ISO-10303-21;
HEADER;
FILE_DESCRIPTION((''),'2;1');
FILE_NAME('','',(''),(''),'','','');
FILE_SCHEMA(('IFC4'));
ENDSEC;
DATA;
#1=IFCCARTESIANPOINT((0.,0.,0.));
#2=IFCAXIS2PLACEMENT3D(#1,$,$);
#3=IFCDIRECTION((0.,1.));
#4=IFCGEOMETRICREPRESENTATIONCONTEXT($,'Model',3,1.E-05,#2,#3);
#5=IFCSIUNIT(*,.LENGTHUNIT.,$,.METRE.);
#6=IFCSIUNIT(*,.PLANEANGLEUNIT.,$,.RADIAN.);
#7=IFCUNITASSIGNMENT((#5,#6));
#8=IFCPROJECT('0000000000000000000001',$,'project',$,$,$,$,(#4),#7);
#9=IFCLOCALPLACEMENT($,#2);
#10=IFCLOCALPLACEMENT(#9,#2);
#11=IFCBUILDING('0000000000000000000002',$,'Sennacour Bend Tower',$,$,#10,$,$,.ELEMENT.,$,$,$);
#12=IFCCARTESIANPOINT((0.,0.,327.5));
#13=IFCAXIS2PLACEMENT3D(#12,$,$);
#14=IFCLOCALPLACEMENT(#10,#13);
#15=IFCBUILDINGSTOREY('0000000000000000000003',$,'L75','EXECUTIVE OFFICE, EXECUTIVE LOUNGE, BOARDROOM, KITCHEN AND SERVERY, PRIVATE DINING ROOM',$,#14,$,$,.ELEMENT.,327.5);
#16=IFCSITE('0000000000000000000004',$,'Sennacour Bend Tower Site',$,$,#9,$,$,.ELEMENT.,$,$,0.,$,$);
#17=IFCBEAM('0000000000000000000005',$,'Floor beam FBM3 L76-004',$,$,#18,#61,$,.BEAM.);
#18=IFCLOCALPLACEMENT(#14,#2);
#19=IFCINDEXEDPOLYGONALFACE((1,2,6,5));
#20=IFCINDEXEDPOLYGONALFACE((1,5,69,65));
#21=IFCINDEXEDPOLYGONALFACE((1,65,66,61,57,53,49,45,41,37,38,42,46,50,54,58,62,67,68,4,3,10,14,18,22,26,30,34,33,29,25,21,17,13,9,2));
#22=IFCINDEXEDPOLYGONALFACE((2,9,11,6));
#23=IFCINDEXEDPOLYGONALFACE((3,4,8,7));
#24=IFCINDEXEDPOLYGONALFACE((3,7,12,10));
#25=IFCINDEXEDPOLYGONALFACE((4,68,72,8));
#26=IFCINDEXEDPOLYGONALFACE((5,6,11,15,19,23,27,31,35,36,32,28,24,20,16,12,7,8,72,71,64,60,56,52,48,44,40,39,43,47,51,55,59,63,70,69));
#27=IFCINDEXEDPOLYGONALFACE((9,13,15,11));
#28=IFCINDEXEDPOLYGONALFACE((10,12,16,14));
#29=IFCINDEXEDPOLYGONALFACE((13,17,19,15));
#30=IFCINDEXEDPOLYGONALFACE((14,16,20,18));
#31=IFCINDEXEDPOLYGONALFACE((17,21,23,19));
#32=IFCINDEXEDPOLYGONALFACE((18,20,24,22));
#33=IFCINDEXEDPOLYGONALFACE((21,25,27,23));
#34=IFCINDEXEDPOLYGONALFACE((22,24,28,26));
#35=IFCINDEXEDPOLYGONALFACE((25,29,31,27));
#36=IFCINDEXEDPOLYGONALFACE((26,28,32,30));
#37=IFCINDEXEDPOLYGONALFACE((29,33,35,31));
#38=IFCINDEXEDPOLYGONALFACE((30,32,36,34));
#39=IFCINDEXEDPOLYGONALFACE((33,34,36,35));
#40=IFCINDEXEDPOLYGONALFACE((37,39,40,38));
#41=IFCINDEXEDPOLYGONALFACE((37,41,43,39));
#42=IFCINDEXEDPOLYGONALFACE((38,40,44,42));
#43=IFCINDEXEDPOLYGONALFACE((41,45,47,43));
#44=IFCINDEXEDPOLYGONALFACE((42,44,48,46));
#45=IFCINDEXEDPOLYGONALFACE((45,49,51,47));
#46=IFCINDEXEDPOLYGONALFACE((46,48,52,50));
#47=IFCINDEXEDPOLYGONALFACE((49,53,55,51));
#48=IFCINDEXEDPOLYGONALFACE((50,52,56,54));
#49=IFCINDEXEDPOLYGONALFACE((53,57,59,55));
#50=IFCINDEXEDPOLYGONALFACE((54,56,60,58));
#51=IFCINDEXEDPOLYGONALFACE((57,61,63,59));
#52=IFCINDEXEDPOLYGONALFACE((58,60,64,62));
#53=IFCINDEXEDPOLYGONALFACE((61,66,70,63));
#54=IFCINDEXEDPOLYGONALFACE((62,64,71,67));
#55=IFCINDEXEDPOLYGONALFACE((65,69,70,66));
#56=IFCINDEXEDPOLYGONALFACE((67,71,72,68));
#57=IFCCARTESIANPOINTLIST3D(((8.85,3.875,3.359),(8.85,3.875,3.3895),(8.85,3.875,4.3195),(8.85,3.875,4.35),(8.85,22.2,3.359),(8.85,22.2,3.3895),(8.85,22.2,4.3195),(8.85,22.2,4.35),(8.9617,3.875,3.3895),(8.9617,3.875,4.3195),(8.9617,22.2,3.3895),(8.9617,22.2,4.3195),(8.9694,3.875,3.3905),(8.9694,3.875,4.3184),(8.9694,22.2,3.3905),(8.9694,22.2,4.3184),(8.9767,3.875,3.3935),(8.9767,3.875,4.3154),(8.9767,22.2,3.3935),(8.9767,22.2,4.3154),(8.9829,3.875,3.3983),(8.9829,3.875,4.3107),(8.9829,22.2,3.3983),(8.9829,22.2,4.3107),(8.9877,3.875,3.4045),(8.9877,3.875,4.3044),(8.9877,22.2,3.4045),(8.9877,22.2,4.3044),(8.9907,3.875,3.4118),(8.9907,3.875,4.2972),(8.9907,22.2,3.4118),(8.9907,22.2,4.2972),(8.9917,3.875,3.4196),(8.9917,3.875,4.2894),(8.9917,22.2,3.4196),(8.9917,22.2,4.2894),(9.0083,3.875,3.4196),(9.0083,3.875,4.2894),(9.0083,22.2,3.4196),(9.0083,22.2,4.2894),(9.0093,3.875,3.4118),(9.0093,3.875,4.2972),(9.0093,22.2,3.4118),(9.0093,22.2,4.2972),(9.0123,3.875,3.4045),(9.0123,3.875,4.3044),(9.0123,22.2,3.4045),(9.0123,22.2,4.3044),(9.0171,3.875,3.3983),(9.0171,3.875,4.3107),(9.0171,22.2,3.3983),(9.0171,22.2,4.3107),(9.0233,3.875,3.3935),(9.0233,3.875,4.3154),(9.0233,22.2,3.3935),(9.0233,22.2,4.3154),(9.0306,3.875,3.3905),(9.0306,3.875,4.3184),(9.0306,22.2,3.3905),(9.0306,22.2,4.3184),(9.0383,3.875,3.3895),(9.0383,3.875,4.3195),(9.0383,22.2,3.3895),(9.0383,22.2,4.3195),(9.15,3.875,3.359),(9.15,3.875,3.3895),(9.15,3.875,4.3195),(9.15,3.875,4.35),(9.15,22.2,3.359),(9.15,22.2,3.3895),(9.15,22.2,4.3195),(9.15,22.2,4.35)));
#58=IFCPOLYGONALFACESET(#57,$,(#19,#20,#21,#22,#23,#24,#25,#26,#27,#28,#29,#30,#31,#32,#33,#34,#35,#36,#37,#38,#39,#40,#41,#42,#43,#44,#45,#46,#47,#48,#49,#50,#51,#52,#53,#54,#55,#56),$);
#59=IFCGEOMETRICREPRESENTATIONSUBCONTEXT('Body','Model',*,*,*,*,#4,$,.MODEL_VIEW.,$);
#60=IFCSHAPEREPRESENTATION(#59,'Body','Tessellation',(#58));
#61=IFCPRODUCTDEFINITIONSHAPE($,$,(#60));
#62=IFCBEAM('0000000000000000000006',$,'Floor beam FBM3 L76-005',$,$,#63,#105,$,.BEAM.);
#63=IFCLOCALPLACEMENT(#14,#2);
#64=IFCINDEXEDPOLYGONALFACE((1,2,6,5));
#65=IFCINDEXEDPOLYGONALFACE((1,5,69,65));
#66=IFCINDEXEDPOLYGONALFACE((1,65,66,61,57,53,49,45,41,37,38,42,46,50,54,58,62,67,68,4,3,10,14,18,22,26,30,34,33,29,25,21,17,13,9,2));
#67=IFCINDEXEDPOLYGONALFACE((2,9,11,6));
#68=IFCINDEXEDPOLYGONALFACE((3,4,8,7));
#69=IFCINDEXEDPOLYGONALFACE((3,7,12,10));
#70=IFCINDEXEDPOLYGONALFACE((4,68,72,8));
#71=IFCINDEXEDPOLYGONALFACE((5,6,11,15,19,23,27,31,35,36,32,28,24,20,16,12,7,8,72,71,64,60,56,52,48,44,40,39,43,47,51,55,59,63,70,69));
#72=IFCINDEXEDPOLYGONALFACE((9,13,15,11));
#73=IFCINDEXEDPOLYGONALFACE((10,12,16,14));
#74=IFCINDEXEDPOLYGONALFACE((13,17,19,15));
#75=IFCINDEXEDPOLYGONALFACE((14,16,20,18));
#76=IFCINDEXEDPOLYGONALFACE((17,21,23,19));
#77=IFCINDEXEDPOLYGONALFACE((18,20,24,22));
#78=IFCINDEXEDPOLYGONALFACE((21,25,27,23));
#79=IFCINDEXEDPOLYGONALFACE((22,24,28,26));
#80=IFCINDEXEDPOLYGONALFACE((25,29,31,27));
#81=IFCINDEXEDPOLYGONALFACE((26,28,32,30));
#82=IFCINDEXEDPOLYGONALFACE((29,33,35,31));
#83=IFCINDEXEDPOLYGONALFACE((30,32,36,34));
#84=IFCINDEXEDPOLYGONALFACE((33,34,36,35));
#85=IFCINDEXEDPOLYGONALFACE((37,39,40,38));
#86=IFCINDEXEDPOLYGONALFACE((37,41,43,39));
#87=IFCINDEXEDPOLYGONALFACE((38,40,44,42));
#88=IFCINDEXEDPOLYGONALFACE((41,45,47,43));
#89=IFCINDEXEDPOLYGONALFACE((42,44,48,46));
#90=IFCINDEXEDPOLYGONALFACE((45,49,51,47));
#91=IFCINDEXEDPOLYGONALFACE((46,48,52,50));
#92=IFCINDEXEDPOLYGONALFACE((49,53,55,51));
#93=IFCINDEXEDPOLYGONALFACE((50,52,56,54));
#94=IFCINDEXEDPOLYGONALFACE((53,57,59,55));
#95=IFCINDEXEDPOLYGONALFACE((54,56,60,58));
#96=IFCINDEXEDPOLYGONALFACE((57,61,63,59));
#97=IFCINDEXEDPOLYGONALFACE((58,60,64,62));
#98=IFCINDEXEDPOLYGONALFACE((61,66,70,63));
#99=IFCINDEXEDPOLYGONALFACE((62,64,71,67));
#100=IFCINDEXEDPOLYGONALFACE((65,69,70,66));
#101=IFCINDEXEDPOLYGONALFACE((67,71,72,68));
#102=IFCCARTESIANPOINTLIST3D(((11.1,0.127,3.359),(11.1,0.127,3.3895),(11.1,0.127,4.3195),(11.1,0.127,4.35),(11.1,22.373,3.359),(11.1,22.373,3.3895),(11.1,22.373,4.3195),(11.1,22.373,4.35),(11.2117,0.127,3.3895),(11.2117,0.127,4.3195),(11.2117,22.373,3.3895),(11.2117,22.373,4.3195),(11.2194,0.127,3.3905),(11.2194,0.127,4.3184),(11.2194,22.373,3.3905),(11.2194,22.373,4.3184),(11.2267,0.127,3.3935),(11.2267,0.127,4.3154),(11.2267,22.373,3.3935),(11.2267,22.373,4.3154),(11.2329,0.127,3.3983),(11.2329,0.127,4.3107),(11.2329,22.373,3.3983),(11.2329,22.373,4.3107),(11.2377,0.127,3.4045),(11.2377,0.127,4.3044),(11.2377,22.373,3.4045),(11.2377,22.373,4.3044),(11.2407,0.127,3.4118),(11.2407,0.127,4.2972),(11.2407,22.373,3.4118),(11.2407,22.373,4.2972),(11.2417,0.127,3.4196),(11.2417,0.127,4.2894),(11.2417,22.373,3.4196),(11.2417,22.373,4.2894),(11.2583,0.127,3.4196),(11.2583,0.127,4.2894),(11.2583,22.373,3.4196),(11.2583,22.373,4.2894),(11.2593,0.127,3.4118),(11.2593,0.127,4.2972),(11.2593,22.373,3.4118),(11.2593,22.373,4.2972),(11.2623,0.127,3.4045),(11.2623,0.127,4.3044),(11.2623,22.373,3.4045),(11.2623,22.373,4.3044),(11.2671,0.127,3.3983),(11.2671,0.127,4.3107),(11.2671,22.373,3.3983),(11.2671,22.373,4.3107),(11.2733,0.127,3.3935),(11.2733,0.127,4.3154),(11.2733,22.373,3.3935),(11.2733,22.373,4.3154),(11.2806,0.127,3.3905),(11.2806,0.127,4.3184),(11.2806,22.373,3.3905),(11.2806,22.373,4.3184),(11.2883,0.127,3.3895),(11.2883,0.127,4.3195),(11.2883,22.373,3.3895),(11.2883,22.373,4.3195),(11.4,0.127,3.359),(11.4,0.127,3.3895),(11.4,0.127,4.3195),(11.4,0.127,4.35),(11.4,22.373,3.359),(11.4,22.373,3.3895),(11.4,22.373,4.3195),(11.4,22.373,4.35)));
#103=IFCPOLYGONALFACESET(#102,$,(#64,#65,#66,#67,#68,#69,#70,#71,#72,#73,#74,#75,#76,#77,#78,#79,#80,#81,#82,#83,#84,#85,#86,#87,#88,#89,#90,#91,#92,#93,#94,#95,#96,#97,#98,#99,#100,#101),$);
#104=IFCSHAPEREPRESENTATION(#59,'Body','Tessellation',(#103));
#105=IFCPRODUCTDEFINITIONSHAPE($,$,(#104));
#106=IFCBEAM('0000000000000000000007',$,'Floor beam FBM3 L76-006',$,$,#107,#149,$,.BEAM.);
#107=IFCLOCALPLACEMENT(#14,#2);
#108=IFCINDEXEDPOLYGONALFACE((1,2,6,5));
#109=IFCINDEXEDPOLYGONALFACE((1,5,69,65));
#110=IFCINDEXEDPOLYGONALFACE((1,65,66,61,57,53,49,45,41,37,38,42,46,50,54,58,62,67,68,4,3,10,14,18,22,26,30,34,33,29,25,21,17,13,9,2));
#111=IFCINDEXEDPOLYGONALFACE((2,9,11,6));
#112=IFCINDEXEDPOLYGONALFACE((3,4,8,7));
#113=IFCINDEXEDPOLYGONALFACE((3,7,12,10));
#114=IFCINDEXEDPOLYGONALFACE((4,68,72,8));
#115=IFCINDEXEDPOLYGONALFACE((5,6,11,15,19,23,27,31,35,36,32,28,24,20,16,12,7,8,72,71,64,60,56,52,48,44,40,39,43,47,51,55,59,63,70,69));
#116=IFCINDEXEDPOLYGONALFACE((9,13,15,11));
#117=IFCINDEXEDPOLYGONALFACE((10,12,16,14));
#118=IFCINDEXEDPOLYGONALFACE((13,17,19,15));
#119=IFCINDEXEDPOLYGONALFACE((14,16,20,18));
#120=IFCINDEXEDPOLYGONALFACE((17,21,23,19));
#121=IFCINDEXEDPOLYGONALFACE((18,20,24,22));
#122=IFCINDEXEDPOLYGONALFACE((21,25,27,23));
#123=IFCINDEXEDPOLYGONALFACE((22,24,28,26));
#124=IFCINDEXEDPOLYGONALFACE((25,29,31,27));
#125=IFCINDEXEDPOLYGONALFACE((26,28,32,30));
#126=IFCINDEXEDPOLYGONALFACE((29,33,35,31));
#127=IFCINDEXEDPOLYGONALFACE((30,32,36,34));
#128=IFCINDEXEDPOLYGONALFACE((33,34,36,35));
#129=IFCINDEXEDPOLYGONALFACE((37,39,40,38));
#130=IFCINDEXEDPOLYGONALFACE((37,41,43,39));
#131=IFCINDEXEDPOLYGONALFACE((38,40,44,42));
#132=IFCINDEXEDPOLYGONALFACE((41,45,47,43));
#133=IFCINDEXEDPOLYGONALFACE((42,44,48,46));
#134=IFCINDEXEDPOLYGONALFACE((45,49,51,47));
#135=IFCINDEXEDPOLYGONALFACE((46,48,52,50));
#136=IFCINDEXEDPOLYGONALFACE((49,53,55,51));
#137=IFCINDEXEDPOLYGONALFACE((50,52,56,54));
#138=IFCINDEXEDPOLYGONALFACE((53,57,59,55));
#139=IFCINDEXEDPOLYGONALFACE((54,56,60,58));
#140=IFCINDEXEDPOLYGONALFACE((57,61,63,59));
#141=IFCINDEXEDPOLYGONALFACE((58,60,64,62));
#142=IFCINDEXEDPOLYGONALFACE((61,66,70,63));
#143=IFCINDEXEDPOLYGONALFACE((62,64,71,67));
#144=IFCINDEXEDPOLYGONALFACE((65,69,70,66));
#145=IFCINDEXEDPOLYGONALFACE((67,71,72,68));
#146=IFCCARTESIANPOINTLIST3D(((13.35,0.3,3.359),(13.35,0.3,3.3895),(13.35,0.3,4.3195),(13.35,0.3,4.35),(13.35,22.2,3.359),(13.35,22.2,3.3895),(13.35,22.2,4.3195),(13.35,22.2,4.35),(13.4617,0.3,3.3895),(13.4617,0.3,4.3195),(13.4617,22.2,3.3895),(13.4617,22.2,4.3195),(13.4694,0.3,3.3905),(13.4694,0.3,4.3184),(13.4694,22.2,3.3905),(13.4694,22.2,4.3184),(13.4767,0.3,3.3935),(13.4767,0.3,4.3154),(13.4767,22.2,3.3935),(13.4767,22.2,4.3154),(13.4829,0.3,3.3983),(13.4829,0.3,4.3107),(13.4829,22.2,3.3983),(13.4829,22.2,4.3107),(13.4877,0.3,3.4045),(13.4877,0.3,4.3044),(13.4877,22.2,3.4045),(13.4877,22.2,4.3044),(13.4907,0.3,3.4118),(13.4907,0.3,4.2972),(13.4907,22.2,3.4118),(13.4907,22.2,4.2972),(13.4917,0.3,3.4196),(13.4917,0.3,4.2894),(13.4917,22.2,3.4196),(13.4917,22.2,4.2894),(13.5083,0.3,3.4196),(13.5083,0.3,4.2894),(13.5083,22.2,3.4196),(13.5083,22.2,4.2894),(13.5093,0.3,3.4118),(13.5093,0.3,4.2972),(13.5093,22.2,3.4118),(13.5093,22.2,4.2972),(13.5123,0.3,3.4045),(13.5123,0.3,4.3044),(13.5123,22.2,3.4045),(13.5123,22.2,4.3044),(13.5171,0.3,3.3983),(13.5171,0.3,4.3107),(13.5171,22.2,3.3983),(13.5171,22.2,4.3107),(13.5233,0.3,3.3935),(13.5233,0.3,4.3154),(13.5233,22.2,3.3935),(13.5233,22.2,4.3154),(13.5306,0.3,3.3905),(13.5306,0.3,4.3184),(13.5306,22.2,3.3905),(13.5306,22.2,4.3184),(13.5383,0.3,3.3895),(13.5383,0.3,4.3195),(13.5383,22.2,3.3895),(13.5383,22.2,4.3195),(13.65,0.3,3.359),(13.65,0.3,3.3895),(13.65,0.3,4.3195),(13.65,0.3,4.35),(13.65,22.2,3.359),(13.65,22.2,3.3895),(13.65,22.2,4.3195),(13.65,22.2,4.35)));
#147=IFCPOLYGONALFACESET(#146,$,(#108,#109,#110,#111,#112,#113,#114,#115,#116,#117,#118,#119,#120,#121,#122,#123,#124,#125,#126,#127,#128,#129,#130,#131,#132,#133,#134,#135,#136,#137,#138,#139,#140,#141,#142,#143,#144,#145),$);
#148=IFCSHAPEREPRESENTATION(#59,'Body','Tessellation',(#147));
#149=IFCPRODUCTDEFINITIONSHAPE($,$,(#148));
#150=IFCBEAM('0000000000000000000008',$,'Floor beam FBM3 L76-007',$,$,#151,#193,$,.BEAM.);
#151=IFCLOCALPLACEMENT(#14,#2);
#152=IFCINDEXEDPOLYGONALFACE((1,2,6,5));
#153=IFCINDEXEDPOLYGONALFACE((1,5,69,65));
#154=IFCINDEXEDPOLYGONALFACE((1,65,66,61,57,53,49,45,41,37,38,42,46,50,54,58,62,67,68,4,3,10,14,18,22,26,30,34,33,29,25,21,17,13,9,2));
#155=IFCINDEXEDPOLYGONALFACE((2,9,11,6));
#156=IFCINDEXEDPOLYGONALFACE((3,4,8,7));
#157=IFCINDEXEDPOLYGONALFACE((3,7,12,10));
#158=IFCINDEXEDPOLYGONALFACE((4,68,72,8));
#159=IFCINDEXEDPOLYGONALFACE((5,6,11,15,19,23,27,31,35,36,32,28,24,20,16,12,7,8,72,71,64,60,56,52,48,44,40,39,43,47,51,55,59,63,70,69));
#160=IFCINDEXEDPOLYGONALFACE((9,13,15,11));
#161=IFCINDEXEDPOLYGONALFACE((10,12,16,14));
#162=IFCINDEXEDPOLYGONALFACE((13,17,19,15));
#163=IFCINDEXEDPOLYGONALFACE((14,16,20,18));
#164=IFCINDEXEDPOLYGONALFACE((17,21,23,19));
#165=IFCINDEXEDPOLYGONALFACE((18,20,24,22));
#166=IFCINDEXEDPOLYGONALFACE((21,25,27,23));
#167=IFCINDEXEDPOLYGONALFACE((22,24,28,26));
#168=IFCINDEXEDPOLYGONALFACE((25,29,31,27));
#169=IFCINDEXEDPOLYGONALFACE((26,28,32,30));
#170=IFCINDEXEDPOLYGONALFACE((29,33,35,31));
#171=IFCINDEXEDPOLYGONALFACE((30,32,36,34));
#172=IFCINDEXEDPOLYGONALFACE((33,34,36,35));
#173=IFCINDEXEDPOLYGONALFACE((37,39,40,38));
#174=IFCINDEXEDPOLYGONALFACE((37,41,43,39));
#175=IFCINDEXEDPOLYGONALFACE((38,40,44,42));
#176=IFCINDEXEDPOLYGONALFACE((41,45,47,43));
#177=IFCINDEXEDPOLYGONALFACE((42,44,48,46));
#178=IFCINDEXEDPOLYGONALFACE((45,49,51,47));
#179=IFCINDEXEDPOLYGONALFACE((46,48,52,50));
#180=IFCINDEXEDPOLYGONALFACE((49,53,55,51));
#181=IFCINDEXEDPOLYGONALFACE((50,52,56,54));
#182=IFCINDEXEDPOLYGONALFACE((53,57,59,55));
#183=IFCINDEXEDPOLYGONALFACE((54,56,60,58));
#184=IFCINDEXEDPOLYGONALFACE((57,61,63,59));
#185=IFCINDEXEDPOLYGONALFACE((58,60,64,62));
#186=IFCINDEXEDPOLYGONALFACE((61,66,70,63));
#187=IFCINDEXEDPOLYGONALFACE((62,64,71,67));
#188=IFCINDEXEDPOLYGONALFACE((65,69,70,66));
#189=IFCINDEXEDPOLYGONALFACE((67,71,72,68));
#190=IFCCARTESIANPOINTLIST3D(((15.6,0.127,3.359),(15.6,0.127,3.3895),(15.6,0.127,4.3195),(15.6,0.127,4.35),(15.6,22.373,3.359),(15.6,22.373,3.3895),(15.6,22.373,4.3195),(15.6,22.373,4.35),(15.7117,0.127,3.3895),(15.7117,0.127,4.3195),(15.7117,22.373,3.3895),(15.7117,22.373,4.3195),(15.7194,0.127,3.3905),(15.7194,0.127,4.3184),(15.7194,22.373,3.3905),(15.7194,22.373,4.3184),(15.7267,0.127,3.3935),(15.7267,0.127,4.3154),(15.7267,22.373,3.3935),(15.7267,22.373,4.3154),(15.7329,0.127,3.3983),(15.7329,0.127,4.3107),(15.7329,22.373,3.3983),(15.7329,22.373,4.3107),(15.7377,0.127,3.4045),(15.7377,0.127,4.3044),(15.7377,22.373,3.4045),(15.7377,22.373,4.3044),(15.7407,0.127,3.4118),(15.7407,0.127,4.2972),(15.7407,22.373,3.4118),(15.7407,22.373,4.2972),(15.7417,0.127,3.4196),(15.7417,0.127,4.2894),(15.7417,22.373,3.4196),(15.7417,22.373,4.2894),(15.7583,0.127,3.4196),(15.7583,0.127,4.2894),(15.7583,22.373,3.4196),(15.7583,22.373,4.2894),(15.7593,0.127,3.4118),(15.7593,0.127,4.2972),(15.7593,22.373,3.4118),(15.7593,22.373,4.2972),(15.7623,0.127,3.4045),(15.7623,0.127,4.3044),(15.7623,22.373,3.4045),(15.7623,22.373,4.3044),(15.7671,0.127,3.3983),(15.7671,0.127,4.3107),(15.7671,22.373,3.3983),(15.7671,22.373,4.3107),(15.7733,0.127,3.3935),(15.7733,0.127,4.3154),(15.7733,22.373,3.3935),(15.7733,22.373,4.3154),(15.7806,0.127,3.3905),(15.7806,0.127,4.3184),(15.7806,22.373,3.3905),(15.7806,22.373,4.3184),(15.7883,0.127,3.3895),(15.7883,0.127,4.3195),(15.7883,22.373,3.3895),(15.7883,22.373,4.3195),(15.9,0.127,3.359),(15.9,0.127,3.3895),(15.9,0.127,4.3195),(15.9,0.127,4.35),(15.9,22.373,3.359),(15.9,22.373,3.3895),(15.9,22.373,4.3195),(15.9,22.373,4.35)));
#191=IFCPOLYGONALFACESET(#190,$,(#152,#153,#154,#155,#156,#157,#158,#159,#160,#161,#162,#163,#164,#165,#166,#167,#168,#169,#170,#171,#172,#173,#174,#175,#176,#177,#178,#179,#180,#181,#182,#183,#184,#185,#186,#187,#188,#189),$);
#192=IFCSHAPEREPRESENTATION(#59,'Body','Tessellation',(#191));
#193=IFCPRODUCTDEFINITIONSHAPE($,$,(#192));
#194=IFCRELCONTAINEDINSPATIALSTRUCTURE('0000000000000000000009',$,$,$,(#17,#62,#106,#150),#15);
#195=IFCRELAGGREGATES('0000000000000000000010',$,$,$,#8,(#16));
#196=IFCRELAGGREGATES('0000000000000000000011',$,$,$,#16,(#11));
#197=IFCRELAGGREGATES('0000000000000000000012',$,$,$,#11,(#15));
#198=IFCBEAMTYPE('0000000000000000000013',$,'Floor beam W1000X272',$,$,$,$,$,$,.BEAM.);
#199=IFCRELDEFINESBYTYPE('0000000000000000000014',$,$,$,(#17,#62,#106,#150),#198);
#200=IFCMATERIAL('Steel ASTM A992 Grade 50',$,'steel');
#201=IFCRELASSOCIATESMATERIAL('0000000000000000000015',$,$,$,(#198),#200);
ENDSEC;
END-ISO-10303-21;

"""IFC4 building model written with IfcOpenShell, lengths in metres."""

from ifc_helpers import new_model, si_unit, direction, frame, origin, origin_2d, place, context, subcontext, project, spatial, i_section, extrude, material, material_profile, profile_set, type_object, element, save


model = new_model("IFC4")

# Units and contexts
model_context = context("Model", 3, precision=1e-05, world=origin(), true_north=direction((0.0, 1.0)))
body_context = subcontext(model_context, "Body", "Model", "MODEL_VIEW")
ifc_project = project(units=[si_unit("LENGTHUNIT", "METRE"), si_unit("PLANEANGLEUNIT", "RADIAN")], contexts=[model_context])

# Site, building, storey
site_placement = place(None, origin())
site = spatial("IfcSite", under=ifc_project, at=site_placement, Name="Sennacour Bend Tower Site", CompositionType="ELEMENT", RefElevation=0.0)
building_placement = place(site_placement, origin())
building = spatial("IfcBuilding", under=site, at=building_placement, Name="Sennacour Bend Tower", CompositionType="ELEMENT")
storey_placement = place(building_placement, frame((0.0, 0.0, 327.5)))
storey = spatial("IfcBuildingStorey", under=building, at=storey_placement, Name="L75", Description="EXECUTIVE OFFICE, EXECUTIVE LOUNGE, BOARDROOM, KITCHEN AND SERVERY, PRIVATE DINING ROOM", CompositionType="ELEMENT", Elevation=327.5)

# Beams
ifc_material_1 = material(Name="Steel ASTM A992 Grade 50", Category="steel")
ifc_material_profile_1 = material_profile(ifc_material_1, i_section(OverallWidth=0.3, OverallDepth=0.991, WebThickness=0.0166, FlangeThickness=0.0305, FilletRadius=0.03, at=origin_2d()), Name="Steel ASTM A992 Grade 50", Category="steel")
ifc_profile_set_1 = profile_set([ifc_material_profile_1], Name="Steel ASTM A992 Grade 50")
beam_type_1 = type_object("IfcBeamType", Name="Floor beam W1000X272", PredefinedType="BEAM", material=ifc_profile_set_1)
beam_1_placement = place(storey_placement, frame((9.0, 3.875, 3.8545), z_axis=(0.0, 1.0, 0.0), x_axis=(-1.0, 0.0, 0.0)))
element("IfcBeam", 1, at=beam_1_placement, inside=storey, type_object=beam_type_1, Name="Floor beam FBM3 L76-004", PredefinedType="BEAM", context=body_context, shape_type="SweptSolid", body=[
    extrude(i_section(OverallWidth=0.3, OverallDepth=0.991, WebThickness=0.0166, FlangeThickness=0.0305, FilletRadius=0.03, at=origin_2d()), origin(), (0.0, 0.0, 1.0), 18.325),
])
beam_2_placement = place(storey_placement, frame((11.25, 0.127, 3.8545), z_axis=(0.0, 1.0, 0.0), x_axis=(-1.0, 0.0, 0.0)))
element("IfcBeam", 2, at=beam_2_placement, inside=storey, type_object=beam_type_1, Name="Floor beam FBM3 L76-005", PredefinedType="BEAM", context=body_context, shape_type="SweptSolid", body=[
    extrude(i_section(OverallWidth=0.3, OverallDepth=0.991, WebThickness=0.0166, FlangeThickness=0.0305, FilletRadius=0.03, at=origin_2d()), origin(), (0.0, 0.0, 1.0), 22.2461),
])
beam_3_placement = place(storey_placement, frame((13.5, 0.3, 3.8545), z_axis=(0.0, 1.0, 0.0), x_axis=(-1.0, 0.0, 0.0)))
element("IfcBeam", 3, at=beam_3_placement, inside=storey, type_object=beam_type_1, Name="Floor beam FBM3 L76-006", PredefinedType="BEAM", context=body_context, shape_type="SweptSolid", body=[
    extrude(i_section(OverallWidth=0.3, OverallDepth=0.991, WebThickness=0.0166, FlangeThickness=0.0305, FilletRadius=0.03, at=origin_2d()), origin(), (0.0, 0.0, 1.0), 21.8999),
])
beam_4_placement = place(storey_placement, frame((15.75, 0.127, 3.8545), z_axis=(0.0, 1.0, 0.0), x_axis=(-1.0, 0.0, 0.0)))
element("IfcBeam", 4, at=beam_4_placement, inside=storey, type_object=beam_type_1, Name="Floor beam FBM3 L76-007", PredefinedType="BEAM", context=body_context, shape_type="SweptSolid", body=[
    extrude(i_section(OverallWidth=0.3, OverallDepth=0.991, WebThickness=0.0166, FlangeThickness=0.0305, FilletRadius=0.03, at=origin_2d()), origin(), (0.0, 0.0, 1.0), 22.2461),
])

save(model, "model.ifc")
